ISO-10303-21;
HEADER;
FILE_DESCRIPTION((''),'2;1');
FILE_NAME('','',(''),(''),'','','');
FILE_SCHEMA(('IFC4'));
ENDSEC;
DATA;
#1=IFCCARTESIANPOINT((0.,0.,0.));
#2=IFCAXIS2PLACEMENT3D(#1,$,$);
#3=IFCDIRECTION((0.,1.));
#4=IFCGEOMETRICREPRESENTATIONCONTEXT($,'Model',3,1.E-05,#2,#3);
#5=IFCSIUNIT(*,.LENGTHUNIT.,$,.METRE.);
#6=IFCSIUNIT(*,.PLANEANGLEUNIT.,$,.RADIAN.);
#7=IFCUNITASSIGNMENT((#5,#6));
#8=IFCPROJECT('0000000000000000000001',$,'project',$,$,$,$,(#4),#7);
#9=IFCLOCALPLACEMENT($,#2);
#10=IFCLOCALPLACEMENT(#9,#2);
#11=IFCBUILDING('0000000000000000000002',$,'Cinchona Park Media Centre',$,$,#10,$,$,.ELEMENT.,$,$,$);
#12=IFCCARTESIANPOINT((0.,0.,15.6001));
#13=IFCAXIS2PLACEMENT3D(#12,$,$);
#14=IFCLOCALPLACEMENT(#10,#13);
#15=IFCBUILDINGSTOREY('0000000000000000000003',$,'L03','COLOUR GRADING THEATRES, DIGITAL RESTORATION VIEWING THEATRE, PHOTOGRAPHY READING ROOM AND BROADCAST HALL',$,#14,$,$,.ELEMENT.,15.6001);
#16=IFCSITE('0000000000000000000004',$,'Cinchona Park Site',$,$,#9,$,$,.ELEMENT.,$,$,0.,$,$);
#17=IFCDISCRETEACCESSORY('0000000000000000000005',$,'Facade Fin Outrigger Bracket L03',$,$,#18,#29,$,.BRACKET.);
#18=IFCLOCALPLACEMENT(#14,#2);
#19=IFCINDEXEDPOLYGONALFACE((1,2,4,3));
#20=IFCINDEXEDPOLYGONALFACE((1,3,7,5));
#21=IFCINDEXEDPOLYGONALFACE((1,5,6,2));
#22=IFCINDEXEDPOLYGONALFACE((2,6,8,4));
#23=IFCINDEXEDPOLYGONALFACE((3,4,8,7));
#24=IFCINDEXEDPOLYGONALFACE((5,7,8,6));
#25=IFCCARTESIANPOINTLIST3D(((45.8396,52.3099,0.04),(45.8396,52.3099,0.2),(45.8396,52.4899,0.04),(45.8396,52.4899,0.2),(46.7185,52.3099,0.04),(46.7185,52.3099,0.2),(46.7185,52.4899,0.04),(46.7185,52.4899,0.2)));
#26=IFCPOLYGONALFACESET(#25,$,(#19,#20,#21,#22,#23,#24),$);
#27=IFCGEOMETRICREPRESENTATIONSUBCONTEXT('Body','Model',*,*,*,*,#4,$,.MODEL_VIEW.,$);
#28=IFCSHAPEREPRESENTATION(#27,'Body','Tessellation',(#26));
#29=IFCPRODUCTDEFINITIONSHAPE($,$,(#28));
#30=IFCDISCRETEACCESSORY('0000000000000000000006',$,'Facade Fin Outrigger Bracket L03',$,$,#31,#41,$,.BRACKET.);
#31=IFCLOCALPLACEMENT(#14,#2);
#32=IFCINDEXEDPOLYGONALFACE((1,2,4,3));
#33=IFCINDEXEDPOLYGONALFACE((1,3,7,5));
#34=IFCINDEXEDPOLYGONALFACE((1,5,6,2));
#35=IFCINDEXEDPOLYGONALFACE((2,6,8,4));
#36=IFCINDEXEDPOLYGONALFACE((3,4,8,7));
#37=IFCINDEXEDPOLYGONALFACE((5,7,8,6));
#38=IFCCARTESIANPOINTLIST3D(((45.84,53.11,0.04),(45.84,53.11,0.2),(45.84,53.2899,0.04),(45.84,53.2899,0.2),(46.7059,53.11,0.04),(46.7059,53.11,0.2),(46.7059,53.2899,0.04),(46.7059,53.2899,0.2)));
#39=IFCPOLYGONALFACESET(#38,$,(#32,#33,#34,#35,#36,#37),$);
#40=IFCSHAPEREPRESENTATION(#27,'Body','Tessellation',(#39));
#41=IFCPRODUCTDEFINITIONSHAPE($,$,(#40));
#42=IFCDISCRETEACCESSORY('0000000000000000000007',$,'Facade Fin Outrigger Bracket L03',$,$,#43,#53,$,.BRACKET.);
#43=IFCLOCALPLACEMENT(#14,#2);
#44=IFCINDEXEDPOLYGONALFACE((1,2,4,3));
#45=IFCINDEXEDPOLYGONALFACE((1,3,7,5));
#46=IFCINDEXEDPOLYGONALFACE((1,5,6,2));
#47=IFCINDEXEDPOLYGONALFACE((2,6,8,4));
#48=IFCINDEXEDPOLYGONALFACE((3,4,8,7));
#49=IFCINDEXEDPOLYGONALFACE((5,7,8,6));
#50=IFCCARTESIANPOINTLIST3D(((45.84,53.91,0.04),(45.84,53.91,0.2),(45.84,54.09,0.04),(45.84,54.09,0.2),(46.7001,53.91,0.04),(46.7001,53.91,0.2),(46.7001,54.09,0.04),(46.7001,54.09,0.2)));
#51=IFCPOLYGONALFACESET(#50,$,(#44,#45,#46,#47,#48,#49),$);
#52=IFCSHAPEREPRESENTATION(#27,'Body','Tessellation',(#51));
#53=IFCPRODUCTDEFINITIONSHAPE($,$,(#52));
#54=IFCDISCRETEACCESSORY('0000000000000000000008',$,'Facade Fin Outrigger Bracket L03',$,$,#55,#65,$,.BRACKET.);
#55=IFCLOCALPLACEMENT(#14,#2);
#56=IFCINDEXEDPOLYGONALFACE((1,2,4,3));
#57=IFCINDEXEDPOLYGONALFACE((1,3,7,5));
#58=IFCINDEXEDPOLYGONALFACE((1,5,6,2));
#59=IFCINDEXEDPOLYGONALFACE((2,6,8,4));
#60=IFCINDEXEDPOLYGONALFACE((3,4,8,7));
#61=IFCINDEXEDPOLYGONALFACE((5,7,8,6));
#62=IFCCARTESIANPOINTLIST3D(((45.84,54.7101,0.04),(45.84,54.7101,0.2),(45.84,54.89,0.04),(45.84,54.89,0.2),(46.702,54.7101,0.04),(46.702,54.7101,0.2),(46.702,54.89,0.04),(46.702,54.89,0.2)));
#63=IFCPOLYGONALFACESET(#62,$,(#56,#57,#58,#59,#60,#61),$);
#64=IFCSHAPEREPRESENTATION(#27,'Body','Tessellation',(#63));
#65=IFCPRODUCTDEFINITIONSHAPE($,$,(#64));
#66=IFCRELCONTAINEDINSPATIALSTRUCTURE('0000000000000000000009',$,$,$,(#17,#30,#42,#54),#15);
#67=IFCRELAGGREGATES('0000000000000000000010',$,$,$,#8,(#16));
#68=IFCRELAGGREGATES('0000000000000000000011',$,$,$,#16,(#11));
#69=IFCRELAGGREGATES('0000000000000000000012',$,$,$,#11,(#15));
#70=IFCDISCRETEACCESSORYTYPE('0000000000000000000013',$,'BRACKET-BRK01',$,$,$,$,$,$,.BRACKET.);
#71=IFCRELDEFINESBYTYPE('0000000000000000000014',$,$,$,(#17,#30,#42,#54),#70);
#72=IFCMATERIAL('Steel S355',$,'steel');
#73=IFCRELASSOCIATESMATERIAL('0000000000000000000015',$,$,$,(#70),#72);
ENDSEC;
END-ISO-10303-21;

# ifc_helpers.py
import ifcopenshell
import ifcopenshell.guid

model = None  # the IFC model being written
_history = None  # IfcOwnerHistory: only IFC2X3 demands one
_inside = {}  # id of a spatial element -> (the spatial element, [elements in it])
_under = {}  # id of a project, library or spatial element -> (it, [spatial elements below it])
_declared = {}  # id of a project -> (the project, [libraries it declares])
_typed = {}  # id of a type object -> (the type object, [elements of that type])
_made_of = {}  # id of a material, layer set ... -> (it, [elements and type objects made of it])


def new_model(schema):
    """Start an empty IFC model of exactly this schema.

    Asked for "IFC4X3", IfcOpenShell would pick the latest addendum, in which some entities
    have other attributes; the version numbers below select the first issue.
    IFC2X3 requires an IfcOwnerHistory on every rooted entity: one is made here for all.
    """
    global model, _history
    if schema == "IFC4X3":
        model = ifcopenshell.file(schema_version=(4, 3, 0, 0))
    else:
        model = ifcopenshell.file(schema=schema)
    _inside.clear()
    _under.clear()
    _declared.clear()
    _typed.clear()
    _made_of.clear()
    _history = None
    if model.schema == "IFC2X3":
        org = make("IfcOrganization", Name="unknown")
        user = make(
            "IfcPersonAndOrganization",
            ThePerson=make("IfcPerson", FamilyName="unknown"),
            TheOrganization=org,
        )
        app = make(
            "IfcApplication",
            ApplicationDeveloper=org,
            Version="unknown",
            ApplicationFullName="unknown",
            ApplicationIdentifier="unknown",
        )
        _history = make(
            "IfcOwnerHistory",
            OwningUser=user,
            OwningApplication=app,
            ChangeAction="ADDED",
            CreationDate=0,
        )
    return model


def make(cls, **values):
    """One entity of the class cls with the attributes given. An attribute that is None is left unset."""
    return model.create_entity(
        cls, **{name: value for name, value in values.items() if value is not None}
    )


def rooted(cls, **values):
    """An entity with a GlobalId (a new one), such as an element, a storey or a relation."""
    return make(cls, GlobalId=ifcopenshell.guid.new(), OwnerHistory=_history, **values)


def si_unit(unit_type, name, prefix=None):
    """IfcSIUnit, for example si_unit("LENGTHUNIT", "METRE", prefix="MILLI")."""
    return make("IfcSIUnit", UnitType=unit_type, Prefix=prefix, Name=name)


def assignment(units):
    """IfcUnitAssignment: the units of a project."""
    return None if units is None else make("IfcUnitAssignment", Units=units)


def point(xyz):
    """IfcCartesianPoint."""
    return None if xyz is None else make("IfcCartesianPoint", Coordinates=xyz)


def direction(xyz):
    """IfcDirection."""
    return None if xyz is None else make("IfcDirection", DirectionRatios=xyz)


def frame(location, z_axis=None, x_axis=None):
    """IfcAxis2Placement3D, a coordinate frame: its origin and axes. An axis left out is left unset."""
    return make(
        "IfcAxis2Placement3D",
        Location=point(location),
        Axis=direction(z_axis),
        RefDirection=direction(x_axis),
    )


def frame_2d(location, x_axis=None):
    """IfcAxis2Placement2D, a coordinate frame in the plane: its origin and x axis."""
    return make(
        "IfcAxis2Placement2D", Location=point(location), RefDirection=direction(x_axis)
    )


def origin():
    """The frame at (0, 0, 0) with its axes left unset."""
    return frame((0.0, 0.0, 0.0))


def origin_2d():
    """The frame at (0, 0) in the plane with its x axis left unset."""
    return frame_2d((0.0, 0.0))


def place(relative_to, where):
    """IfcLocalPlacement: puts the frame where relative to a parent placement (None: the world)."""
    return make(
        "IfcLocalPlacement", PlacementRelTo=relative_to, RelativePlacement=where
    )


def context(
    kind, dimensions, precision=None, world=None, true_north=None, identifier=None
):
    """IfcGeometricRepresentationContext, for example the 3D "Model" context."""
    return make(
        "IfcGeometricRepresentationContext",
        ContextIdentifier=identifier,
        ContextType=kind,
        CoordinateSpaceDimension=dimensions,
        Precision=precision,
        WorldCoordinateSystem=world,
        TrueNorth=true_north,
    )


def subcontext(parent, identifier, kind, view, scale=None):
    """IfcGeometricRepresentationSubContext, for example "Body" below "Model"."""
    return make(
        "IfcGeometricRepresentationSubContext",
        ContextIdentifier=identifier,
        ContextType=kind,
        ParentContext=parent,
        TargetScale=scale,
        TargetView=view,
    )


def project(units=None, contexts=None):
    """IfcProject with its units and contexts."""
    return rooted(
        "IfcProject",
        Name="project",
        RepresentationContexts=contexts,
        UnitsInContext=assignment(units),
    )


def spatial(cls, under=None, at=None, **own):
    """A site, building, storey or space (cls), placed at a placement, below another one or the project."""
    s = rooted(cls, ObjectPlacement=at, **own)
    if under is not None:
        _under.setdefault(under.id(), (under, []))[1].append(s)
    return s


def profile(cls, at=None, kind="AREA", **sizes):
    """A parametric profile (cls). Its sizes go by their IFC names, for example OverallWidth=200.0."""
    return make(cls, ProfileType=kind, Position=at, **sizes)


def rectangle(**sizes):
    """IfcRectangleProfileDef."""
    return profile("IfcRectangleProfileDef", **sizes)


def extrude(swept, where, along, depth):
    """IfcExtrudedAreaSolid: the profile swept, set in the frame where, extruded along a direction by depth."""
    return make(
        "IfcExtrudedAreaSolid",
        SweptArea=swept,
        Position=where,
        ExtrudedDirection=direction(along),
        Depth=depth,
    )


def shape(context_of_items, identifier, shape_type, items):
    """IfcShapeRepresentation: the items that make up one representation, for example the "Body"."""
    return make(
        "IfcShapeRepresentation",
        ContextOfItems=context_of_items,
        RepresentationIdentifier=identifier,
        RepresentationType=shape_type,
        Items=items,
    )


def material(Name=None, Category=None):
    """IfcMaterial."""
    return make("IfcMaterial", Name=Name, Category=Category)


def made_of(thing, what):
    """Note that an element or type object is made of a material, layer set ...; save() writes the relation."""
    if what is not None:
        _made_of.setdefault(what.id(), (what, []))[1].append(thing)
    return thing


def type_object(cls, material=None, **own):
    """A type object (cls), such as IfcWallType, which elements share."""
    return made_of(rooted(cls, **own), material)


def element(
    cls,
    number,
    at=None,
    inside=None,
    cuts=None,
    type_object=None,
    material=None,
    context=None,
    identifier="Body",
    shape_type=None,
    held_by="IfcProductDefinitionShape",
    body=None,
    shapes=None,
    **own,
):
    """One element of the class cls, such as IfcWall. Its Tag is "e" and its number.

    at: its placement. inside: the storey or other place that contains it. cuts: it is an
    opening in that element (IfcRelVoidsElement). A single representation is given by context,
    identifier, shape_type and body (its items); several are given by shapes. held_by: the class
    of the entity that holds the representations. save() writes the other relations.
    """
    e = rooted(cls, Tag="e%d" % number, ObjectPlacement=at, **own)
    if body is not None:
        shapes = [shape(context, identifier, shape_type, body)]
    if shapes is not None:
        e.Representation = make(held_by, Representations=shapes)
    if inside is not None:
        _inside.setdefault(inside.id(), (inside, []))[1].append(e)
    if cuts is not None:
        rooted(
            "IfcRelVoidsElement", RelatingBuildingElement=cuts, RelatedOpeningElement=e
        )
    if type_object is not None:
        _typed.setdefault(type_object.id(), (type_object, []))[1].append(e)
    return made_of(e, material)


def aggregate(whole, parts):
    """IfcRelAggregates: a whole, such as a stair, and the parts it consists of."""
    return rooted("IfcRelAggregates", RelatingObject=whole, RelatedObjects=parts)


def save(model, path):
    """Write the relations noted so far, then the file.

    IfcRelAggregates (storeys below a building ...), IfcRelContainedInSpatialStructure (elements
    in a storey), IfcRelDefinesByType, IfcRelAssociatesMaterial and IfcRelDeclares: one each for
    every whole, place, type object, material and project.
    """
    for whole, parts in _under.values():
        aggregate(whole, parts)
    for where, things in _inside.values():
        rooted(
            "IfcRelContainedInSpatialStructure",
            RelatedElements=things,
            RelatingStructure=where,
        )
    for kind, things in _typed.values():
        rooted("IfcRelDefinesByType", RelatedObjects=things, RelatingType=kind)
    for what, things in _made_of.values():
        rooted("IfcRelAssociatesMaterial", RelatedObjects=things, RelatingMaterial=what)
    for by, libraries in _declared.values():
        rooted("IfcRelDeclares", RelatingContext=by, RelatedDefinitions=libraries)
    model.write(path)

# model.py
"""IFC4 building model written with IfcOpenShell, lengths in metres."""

from ifc_helpers import new_model, si_unit, direction, frame, origin, origin_2d, place, context, subcontext, project, spatial, rectangle, extrude, material, type_object, element, save


model = new_model("IFC4")

# Units and contexts
model_context = context("Model", 3, precision=1e-05, world=origin(), true_north=direction((0.0, 1.0)))
body_context = subcontext(model_context, "Body", "Model", "MODEL_VIEW")
ifc_project = project(units=[si_unit("LENGTHUNIT", "METRE"), si_unit("PLANEANGLEUNIT", "RADIAN")], contexts=[model_context])

# Site, building, storey
site_placement = place(None, origin())
site = spatial("IfcSite", under=ifc_project, at=site_placement, Name="Cinchona Park Site", CompositionType="ELEMENT", RefElevation=0.0)
building_placement = place(site_placement, origin())
building = spatial("IfcBuilding", under=site, at=building_placement, Name="Cinchona Park Media Centre", CompositionType="ELEMENT")
storey_placement = place(building_placement, frame((0.0, 0.0, 15.6001)))
storey = spatial("IfcBuildingStorey", under=building, at=storey_placement, Name="L03", Description="COLOUR GRADING THEATRES, DIGITAL RESTORATION VIEWING THEATRE, PHOTOGRAPHY READING ROOM AND BROADCAST HALL", CompositionType="ELEMENT", Elevation=15.6001)

# Discrete accessories
ifc_material_1 = material(Name="Steel S355", Category="steel")
discrete_accessory_type = type_object("IfcDiscreteAccessoryType", Name="BRACKET-BRK01", PredefinedType="BRACKET", material=ifc_material_1)
discrete_accessory_1_placement = place(storey_placement, frame((46.2791, 52.3999, 0.04), z_axis=(0.0, 0.0, 1.0), x_axis=(0.0, 1.0, 0.0)))
element("IfcDiscreteAccessory", 1, at=discrete_accessory_1_placement, inside=storey, type_object=discrete_accessory_type, Name="Facade Fin Outrigger Bracket L03", PredefinedType="BRACKET", context=body_context, shape_type="SweptSolid", body=[
    extrude(rectangle(XDim=0.1799, YDim=0.8789, at=origin_2d()), origin(), (0.0, 0.0, 1.0), 0.1599),
])
discrete_accessory_2_placement = place(storey_placement, frame((46.2729, 53.2, 0.04), z_axis=(0.0, 0.0, 1.0), x_axis=(0.0, 1.0, 0.0)))
element("IfcDiscreteAccessory", 2, at=discrete_accessory_2_placement, inside=storey, type_object=discrete_accessory_type, Name="Facade Fin Outrigger Bracket L03", PredefinedType="BRACKET", context=body_context, shape_type="SweptSolid", body=[
    extrude(rectangle(XDim=0.1799, YDim=0.866, at=origin_2d()), origin(), (0.0, 0.0, 1.0), 0.1599),
])
discrete_accessory_3_placement = place(storey_placement, frame((46.27, 54.0, 0.04), z_axis=(0.0, 0.0, 1.0), x_axis=(0.0, 1.0, 0.0)))
element("IfcDiscreteAccessory", 3, at=discrete_accessory_3_placement, inside=storey, type_object=discrete_accessory_type, Name="Facade Fin Outrigger Bracket L03", PredefinedType="BRACKET", context=body_context, shape_type="SweptSolid", body=[
    extrude(rectangle(XDim=0.1799, YDim=0.8601, at=origin_2d()), origin(), (0.0, 0.0, 1.0), 0.1599),
])
discrete_accessory_4_placement = place(storey_placement, frame((46.271, 54.8, 0.04), z_axis=(0.0, 0.0, 1.0), x_axis=(0.0, 1.0, 0.0)))
element("IfcDiscreteAccessory", 4, at=discrete_accessory_4_placement, inside=storey, type_object=discrete_accessory_type, Name="Facade Fin Outrigger Bracket L03", PredefinedType="BRACKET", context=body_context, shape_type="SweptSolid", body=[
    extrude(rectangle(XDim=0.1799, YDim=0.8621, at=origin_2d()), origin(), (0.0, 0.0, 1.0), 0.1599),
])

save(model, "model.ifc")
